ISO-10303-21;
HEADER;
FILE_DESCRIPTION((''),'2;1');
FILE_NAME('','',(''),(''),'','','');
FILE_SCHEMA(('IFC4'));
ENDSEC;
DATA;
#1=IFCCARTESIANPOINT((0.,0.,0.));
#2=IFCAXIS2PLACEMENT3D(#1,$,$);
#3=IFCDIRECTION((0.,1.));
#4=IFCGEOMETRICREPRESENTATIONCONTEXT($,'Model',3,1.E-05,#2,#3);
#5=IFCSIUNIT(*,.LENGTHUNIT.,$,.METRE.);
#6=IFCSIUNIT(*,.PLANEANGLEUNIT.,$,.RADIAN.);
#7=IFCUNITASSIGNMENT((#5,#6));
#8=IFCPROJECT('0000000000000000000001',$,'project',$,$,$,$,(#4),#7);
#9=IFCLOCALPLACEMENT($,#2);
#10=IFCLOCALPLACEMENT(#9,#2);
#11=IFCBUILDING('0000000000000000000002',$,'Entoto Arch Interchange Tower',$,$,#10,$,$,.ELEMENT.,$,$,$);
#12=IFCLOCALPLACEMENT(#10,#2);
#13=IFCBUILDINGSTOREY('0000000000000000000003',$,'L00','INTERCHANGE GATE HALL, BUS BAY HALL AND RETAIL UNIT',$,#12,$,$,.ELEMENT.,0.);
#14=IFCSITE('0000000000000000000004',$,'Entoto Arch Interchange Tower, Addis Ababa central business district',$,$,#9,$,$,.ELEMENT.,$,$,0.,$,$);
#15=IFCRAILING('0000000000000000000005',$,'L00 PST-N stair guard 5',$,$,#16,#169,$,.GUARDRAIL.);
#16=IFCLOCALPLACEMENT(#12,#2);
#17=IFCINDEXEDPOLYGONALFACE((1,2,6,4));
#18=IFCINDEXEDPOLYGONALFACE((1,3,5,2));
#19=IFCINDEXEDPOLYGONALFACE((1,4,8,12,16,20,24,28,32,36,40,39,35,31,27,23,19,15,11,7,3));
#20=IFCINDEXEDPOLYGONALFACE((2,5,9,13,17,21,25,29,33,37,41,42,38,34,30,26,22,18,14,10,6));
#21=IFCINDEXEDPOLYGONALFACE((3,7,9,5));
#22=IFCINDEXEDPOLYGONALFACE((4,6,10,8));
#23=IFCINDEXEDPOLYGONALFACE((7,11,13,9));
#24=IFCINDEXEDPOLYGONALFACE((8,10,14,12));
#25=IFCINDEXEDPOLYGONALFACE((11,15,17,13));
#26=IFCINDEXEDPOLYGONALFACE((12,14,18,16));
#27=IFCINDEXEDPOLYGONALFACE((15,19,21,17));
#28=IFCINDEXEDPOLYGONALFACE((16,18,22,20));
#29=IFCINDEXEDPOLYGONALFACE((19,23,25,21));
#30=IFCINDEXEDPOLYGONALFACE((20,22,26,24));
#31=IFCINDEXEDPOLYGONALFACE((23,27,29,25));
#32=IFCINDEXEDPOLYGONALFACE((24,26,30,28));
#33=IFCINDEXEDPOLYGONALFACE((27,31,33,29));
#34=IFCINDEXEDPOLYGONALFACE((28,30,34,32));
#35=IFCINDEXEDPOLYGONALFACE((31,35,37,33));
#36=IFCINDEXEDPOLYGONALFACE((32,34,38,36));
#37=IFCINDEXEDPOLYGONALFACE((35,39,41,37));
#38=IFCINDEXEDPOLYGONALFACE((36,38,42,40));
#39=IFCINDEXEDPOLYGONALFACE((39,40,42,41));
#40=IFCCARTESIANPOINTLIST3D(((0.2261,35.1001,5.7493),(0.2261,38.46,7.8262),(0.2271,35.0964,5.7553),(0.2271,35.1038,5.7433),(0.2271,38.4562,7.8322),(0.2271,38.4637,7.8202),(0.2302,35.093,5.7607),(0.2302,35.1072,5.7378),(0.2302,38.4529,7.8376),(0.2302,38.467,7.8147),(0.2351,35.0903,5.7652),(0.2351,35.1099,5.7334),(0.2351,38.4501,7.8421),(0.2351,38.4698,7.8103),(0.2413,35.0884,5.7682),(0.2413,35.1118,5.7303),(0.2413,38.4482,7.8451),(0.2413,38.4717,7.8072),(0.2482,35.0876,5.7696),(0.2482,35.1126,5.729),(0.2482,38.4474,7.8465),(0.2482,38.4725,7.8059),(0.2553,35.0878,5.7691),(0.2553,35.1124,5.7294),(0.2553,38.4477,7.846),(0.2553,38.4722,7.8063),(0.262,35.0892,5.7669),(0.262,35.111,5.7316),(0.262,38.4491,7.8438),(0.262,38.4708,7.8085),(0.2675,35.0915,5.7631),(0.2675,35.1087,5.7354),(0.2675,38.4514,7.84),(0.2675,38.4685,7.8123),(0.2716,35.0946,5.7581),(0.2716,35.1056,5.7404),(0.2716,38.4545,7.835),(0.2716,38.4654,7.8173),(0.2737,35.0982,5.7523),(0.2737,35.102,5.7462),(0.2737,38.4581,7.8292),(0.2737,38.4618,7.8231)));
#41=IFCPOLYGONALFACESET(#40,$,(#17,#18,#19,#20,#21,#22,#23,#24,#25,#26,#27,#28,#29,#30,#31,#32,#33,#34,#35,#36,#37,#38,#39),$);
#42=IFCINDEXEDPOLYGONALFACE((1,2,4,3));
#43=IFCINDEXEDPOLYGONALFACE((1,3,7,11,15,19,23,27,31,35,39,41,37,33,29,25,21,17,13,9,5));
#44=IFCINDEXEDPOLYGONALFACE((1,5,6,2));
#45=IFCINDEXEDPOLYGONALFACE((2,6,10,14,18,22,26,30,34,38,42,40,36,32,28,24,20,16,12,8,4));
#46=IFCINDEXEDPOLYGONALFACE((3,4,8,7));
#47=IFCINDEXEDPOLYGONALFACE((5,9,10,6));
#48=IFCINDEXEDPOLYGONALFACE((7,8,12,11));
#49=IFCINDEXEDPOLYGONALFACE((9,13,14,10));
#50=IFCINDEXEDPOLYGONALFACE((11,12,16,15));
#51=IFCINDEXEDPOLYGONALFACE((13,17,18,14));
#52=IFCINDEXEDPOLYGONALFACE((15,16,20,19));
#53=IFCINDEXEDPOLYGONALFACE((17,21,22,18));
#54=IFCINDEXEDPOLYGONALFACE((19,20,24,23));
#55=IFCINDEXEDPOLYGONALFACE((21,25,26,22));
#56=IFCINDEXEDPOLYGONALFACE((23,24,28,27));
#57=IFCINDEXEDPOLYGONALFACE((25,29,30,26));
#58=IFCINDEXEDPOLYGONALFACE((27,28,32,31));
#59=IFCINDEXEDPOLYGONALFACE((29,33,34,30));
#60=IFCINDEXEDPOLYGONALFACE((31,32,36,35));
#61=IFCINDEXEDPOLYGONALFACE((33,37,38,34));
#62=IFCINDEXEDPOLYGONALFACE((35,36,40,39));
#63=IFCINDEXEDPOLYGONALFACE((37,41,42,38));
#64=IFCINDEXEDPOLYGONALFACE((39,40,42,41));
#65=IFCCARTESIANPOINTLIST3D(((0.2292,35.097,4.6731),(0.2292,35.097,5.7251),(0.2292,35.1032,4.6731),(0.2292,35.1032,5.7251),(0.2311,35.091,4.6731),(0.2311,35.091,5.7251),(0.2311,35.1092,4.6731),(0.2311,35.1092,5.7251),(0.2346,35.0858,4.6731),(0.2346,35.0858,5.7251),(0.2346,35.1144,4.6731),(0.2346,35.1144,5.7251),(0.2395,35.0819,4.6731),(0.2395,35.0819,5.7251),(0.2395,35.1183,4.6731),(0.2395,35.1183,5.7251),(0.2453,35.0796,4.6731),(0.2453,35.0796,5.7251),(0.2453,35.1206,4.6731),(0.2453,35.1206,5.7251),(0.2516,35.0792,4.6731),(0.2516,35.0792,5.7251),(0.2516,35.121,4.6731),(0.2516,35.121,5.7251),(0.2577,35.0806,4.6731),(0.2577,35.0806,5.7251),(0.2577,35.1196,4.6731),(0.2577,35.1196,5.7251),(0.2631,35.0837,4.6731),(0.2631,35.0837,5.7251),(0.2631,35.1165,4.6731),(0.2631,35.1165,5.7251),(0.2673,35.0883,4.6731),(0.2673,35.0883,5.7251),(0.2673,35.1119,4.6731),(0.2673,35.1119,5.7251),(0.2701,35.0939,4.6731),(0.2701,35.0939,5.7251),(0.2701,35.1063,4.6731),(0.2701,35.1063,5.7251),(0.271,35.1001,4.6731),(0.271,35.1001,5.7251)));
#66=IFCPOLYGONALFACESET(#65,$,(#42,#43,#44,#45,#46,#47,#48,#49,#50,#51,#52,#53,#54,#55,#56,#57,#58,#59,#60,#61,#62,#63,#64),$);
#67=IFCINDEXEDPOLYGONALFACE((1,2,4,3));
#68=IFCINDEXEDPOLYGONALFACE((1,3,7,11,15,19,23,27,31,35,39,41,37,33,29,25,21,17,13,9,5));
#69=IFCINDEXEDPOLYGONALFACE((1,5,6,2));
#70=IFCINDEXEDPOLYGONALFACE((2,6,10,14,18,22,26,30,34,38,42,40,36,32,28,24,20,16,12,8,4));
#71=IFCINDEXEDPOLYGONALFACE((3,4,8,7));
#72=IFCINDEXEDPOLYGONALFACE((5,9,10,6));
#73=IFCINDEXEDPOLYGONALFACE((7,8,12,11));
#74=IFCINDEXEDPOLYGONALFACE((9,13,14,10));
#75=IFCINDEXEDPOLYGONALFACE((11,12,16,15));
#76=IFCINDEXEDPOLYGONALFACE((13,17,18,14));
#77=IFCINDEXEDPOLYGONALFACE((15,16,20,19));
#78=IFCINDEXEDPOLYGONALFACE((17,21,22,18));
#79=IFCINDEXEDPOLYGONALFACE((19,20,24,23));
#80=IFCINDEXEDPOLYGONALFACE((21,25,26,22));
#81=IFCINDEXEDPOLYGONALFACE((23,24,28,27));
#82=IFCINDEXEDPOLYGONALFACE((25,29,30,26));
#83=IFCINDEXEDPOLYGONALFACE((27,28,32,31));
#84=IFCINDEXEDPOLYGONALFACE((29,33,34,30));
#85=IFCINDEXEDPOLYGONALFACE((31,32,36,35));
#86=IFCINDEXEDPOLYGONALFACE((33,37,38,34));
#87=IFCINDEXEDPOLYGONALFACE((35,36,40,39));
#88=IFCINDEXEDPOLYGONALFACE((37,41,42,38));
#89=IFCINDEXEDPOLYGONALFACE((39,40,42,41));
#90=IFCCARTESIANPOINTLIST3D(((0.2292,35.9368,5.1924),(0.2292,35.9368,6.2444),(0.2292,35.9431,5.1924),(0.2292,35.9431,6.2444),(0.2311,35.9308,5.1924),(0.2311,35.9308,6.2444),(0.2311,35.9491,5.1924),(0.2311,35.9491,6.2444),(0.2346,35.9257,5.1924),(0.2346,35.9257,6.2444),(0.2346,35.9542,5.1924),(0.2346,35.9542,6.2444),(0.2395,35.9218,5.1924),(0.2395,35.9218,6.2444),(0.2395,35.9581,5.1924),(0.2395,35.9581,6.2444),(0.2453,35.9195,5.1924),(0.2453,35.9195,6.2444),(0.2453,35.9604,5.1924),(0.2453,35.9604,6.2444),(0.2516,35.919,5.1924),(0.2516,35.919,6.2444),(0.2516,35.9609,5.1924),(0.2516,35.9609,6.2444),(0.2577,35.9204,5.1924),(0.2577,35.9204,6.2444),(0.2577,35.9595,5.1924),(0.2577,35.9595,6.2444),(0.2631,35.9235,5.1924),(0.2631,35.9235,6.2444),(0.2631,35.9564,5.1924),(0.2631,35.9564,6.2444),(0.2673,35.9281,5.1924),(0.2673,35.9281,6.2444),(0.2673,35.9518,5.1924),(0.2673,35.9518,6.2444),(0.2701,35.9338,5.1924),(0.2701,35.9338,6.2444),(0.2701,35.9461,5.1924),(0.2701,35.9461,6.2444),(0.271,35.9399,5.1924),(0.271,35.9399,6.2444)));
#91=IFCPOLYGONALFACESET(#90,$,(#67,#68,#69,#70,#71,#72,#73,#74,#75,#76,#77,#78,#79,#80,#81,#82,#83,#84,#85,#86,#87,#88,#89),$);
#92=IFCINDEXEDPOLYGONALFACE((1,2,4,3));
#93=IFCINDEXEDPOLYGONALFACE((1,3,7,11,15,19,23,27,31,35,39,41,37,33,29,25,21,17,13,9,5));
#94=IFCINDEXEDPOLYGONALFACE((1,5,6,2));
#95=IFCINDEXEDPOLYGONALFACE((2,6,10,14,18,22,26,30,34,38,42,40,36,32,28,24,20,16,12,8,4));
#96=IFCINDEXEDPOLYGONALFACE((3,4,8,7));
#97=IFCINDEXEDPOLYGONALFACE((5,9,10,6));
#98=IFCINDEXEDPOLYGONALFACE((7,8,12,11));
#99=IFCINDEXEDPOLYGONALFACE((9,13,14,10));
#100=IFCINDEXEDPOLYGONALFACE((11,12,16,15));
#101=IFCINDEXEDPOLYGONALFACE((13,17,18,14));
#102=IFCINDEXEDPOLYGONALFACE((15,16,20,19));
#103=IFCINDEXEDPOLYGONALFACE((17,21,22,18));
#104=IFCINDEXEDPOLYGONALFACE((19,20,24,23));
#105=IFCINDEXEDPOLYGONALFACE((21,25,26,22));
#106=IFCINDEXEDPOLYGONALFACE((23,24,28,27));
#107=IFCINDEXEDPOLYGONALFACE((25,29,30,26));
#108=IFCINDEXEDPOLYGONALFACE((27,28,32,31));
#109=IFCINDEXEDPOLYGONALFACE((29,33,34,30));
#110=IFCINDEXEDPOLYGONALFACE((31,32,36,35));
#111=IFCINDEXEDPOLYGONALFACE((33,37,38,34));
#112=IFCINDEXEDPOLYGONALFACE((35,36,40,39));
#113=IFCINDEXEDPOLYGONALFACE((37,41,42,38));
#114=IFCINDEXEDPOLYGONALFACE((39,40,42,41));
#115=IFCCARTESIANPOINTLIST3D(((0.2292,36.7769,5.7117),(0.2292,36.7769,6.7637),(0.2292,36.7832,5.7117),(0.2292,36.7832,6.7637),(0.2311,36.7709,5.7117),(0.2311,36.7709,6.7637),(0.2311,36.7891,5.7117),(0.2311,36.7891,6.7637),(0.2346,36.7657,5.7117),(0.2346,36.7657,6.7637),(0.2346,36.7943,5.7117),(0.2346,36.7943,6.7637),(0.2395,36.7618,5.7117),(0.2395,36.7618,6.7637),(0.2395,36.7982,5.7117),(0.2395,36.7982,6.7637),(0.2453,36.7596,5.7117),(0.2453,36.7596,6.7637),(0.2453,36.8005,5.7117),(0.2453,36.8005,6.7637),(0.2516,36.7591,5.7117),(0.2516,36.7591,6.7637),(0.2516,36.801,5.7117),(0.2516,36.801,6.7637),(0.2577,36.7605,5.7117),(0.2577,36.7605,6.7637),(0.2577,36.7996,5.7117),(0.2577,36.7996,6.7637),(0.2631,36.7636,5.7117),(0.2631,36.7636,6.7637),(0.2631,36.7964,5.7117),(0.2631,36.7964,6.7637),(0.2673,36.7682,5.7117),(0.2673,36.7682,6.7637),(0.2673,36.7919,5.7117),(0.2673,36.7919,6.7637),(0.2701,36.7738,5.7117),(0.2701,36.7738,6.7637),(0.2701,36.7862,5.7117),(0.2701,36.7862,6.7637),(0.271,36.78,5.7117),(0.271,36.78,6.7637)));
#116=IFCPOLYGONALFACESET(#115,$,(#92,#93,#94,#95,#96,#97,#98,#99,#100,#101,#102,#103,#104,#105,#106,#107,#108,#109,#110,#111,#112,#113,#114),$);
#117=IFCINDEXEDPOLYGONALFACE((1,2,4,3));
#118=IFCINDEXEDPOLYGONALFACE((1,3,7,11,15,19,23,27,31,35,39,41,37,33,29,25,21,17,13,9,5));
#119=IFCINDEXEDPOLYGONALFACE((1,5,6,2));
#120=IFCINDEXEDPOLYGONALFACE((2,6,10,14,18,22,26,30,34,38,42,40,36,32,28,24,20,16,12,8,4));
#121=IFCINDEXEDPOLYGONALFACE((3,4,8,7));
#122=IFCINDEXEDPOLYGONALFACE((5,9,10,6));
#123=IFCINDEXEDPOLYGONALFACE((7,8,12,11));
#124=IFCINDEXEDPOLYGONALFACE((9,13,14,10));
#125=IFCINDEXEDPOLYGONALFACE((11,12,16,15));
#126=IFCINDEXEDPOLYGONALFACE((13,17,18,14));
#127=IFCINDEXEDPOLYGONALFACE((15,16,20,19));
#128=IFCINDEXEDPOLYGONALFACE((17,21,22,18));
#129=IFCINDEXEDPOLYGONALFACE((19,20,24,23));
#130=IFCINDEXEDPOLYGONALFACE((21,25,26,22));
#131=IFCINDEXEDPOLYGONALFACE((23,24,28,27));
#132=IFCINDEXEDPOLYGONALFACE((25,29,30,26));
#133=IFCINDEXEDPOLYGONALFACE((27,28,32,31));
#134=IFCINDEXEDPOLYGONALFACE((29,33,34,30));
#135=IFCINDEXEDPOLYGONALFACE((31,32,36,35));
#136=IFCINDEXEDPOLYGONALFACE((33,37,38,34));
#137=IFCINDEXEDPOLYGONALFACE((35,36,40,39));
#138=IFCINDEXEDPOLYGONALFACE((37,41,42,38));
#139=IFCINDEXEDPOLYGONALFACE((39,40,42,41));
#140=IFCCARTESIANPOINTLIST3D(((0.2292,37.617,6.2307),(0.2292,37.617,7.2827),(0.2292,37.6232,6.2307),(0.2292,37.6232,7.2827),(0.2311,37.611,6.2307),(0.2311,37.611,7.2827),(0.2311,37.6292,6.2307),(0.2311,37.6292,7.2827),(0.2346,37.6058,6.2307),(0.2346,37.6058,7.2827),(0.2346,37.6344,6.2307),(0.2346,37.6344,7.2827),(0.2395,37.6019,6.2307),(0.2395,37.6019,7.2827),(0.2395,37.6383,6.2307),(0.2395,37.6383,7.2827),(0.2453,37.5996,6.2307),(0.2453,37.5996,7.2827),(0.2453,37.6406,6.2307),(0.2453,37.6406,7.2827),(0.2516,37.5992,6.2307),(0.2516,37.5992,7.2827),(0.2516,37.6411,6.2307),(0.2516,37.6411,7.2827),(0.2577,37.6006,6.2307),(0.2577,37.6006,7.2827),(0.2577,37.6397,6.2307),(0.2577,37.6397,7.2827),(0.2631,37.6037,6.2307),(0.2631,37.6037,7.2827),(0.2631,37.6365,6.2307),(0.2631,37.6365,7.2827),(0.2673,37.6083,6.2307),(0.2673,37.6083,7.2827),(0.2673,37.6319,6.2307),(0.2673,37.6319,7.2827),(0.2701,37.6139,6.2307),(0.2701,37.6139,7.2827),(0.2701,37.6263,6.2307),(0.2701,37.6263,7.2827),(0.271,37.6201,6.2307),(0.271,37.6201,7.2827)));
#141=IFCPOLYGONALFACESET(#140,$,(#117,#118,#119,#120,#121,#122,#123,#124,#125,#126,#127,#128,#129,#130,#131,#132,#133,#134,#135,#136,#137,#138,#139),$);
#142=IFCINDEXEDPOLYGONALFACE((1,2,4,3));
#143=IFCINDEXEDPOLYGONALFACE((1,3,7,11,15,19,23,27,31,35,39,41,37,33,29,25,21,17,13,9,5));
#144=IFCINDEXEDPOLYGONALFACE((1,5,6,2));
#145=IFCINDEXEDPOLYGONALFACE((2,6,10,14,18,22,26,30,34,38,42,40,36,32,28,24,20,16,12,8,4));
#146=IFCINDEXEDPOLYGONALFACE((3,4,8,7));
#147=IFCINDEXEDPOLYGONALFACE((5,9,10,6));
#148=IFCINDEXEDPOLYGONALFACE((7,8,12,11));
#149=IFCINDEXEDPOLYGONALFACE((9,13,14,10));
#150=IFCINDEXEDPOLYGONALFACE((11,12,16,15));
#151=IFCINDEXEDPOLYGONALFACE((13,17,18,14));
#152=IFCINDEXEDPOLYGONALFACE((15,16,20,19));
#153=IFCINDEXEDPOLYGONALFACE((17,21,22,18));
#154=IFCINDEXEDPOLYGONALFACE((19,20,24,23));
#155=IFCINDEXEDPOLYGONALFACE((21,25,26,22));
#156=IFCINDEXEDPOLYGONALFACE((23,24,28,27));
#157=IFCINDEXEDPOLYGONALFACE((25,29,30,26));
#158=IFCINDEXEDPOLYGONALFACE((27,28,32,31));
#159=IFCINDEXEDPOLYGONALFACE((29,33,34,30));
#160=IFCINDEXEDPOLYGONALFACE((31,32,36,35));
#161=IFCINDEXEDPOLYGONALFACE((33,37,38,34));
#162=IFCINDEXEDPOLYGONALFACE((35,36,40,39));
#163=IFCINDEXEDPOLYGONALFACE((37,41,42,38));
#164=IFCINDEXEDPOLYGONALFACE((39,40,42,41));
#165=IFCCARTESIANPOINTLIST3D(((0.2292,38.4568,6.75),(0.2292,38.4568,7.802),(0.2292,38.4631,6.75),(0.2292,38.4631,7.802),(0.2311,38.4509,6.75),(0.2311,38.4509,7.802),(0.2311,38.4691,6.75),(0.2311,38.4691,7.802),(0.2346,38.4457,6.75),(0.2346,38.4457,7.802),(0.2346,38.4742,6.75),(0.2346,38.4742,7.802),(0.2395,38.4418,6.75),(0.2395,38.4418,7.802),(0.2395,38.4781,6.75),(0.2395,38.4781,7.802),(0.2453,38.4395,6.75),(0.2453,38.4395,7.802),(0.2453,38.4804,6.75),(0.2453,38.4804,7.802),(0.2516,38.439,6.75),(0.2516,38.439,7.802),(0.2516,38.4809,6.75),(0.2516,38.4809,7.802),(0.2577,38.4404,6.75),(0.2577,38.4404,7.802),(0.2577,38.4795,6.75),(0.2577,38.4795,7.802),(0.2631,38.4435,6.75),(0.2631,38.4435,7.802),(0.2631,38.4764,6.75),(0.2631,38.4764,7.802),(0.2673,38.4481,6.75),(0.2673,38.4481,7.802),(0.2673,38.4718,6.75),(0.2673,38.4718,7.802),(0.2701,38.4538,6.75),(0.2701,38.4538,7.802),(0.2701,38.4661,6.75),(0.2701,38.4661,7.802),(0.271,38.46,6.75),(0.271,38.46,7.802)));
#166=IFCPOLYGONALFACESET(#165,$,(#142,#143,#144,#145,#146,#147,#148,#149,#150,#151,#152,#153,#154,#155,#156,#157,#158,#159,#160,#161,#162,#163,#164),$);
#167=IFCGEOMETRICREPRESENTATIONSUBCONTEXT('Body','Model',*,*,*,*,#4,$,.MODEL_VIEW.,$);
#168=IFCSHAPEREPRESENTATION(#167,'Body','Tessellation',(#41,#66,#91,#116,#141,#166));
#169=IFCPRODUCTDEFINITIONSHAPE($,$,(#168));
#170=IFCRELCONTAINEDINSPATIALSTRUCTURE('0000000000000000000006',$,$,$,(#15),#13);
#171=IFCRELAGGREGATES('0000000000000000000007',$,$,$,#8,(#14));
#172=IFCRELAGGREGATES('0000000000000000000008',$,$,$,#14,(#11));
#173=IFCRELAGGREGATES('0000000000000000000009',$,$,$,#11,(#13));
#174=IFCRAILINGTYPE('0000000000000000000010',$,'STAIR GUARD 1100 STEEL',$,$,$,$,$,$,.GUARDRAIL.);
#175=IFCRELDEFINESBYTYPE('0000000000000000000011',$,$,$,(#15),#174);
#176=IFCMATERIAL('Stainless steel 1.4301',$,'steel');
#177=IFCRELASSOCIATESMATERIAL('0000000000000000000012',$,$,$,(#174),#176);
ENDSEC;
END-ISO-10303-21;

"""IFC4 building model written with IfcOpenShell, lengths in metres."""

from ifc_helpers import new_model, si_unit, direction, frame, origin, origin_2d, place, context, subcontext, project, spatial, circle, extrude, material, type_object, element, save


model = new_model("IFC4")

# Units and contexts
model_context = context("Model", 3, precision=1e-05, world=origin(), true_north=direction((0.0, 1.0)))
body_context = subcontext(model_context, "Body", "Model", "MODEL_VIEW")
ifc_project = project(units=[si_unit("LENGTHUNIT", "METRE"), si_unit("PLANEANGLEUNIT", "RADIAN")], contexts=[model_context])

# Site, building, storey
site_placement = place(None, origin())
site = spatial("IfcSite", under=ifc_project, at=site_placement, Name="Entoto Arch Interchange Tower, Addis Ababa central business district", CompositionType="ELEMENT", RefElevation=0.0)
building_placement = place(site_placement, origin())
building = spatial("IfcBuilding", under=site, at=building_placement, Name="Entoto Arch Interchange Tower", CompositionType="ELEMENT")
storey_placement = place(building_placement, origin())
storey = spatial("IfcBuildingStorey", under=building, at=storey_placement, Name="L00", Description="INTERCHANGE GATE HALL, BUS BAY HALL AND RETAIL UNIT", CompositionType="ELEMENT", Elevation=0.0)

# Railing
ifc_material_1 = material(Name="Stainless steel 1.4301", Category="steel")
railing_type_1 = type_object("IfcRailingType", Name="STAIR GUARD 1100 STEEL", PredefinedType="GUARDRAIL", material=ifc_material_1)
railing_1_placement = place(storey_placement, frame((0.25, 35.1001, 4.6731)))
element("IfcRailing", 1, at=railing_1_placement, inside=storey, type_object=railing_type_1, Name="L00 PST-N stair guard 5", PredefinedType="GUARDRAIL", context=body_context, shape_type="SweptSolid", body=[
    extrude(circle(Radius=0.0239, at=origin_2d()), frame((0.0, 0.0, 1.0762), z_axis=(0.0, 0.850606, 0.525803), x_axis=(-1.0, 0.0, 0.0)), (0.0, 0.0, 1.0), 3.95),
    extrude(circle(Radius=0.021, at=origin_2d()), origin(), (0.0, 0.0, 1.0), 1.052),
    extrude(circle(Radius=0.021, at=origin_2d()), frame((0.0, 0.8398, 0.5193)), (0.0, 0.0, 1.0), 1.052),
    extrude(circle(Radius=0.021, at=origin_2d()), frame((0.0, 1.6799, 1.0386)), (0.0, 0.0, 1.0), 1.052),
    extrude(circle(Radius=0.021, at=origin_2d()), frame((0.0, 2.52, 1.5576)), (0.0, 0.0, 1.0), 1.052),
    extrude(circle(Radius=0.021, at=origin_2d()), frame((0.0, 3.3599, 2.0769)), (0.0, 0.0, 1.0), 1.052),
])

save(model, "model.ifc")
